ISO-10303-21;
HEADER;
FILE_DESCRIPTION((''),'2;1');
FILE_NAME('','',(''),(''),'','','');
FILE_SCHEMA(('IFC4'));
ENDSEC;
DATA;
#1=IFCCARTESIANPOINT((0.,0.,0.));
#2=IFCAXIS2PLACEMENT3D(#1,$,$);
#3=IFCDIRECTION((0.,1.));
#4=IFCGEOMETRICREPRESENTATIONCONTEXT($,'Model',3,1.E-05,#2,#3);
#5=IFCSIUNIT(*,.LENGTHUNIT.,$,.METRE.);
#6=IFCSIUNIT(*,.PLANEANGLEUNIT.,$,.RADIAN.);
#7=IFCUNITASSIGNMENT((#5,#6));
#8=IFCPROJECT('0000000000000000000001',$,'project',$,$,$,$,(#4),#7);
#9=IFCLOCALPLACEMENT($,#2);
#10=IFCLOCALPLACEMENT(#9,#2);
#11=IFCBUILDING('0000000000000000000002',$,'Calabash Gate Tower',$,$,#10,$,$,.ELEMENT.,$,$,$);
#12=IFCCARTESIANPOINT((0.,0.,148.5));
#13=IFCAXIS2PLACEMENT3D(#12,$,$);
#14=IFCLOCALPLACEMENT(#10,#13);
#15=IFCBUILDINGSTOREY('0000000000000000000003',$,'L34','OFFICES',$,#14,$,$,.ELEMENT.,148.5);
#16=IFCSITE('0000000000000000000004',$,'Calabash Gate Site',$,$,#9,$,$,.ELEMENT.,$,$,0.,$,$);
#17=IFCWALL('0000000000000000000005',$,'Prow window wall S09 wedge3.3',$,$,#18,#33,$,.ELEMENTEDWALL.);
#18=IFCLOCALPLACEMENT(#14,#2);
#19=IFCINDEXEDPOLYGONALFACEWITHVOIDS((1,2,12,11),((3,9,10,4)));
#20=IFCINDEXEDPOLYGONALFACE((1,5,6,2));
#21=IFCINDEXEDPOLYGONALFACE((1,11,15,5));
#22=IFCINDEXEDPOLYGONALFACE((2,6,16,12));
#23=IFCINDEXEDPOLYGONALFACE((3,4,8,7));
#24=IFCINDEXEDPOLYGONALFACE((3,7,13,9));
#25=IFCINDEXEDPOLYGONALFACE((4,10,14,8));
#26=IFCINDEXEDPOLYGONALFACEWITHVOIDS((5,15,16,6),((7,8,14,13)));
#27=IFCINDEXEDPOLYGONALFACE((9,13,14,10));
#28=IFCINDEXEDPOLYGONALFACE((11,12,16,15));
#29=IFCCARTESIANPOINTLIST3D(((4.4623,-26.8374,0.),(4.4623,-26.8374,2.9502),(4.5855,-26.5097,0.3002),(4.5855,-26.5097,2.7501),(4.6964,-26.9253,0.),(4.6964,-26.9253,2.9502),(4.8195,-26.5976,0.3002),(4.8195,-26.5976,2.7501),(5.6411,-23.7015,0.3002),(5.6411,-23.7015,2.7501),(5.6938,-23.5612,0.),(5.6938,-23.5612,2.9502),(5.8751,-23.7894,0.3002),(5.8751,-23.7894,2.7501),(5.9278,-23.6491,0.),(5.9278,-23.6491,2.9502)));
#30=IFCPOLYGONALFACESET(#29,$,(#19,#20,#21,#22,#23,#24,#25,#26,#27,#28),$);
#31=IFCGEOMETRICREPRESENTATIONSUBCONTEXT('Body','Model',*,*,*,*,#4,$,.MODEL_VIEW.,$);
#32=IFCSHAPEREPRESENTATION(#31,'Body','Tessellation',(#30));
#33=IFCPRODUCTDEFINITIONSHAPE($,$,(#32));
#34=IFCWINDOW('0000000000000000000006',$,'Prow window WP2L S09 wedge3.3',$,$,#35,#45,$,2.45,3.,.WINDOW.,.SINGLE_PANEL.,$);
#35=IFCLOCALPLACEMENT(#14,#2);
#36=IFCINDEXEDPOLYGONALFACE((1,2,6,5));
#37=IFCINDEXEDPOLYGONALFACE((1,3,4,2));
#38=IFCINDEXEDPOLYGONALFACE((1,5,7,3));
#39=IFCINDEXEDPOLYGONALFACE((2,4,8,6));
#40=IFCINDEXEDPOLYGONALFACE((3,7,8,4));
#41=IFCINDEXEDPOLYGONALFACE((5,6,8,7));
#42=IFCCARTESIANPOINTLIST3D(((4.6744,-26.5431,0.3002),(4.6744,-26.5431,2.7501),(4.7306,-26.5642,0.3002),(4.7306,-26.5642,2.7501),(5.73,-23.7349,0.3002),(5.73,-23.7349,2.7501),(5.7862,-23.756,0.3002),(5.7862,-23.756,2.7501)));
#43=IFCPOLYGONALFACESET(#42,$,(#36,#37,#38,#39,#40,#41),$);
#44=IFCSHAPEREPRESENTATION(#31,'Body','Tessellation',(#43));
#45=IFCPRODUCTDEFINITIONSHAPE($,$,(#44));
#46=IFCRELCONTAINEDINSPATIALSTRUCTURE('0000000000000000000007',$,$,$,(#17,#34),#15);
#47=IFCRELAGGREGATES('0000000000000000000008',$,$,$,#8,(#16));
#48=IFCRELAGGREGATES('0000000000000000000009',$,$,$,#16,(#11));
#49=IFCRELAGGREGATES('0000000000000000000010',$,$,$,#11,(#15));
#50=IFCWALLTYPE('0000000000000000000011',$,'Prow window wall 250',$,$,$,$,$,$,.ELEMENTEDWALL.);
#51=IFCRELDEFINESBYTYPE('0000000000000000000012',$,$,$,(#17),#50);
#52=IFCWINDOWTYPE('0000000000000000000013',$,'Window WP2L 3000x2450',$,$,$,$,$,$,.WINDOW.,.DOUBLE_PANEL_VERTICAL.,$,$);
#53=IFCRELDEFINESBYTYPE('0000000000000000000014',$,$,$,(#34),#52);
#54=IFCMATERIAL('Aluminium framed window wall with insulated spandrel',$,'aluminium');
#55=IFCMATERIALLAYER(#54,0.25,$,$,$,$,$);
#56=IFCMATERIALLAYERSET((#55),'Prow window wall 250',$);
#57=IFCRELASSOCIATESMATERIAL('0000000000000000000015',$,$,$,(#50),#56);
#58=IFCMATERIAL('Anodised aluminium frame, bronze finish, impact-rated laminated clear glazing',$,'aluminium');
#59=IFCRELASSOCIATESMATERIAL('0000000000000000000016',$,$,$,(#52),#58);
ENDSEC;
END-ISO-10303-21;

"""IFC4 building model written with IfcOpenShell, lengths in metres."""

from ifc_helpers import new_model, si_unit, direction, frame, frame_2d, origin, place, context, subcontext, project, spatial, rectangle, extrude, material, layer, layer_set, type_object, element, fill, save


model = new_model("IFC4")

# Units and contexts
model_context = context("Model", 3, precision=1e-05, world=origin(), true_north=direction((0.0, 1.0)))
body_context = subcontext(model_context, "Body", "Model", "MODEL_VIEW")
ifc_project = project(units=[si_unit("LENGTHUNIT", "METRE"), si_unit("PLANEANGLEUNIT", "RADIAN")], contexts=[model_context])

# Site, building, storey
site_placement = place(None, origin())
site = spatial("IfcSite", under=ifc_project, at=site_placement, Name="Calabash Gate Site", CompositionType="ELEMENT", RefElevation=0.0)
building_placement = place(site_placement, origin())
building = spatial("IfcBuilding", under=site, at=building_placement, Name="Calabash Gate Tower", CompositionType="ELEMENT")
storey_placement = place(building_placement, frame((0.0, 0.0, 148.5)))
storey = spatial("IfcBuildingStorey", under=building, at=storey_placement, Name="L34", Description="OFFICES", CompositionType="ELEMENT", Elevation=148.5)

# Wall, opening, window
ifc_material_1 = material(Name="Aluminium framed window wall with insulated spandrel", Category="aluminium")
ifc_layer_1 = layer(ifc_material_1, 0.25)
ifc_layer_set_1 = layer_set([ifc_layer_1], Name="Prow window wall 250")
wall_type_1 = type_object("IfcWallType", Name="Prow window wall 250", PredefinedType="ELEMENTEDWALL", material=ifc_layer_set_1)
wall_1_placement = place(storey_placement, frame((4.5793, -26.8813, 0.0), z_axis=(0.0, 0.0, 1.0), x_axis=(0.35185, 0.936057, 0.0)))
wall_1 = element("IfcWall", 1, at=wall_1_placement, inside=storey, type_object=wall_type_1, Name="Prow window wall S09 wedge3.3", PredefinedType="ELEMENTEDWALL", context=body_context, shape_type="SweptSolid", body=[
    extrude(rectangle(XDim=3.5, YDim=0.25, at=frame_2d((1.75, 0.0))), origin(), (0.0, 0.0, 1.0), 2.9502),
])
opening_1_placement = place(wall_1_placement, frame((0.3501, 0.0, 0.3)))
opening_1 = element("IfcOpeningElement", 2, at=opening_1_placement, cuts=wall_1, PredefinedType="OPENING", context=body_context, shape_type="SweptSolid", body=[
    extrude(rectangle(XDim=3.0, YDim=2.45, at=frame_2d((1.5, 1.2251))), frame((0.0, 0.135, 0.0), z_axis=(0.0, -1.0, 0.0), x_axis=(1.0, 0.0, 0.0)), (0.0, 0.0, 1.0), 0.27),
])
ifc_material_2 = material(Name="Anodised aluminium frame, bronze finish, impact-rated laminated clear glazing", Category="aluminium")
window_type_1 = type_object("IfcWindowType", Name="Window WP2L 3000x2450", PartitioningType="DOUBLE_PANEL_VERTICAL", PredefinedType="WINDOW", material=ifc_material_2)
window_1_placement = place(opening_1_placement, origin())
window_1 = element("IfcWindow", 3, at=window_1_placement, inside=storey, type_object=window_type_1, Name="Prow window WP2L S09 wedge3.3", OverallHeight=2.45, OverallWidth=3.0, PartitioningType="SINGLE_PANEL", PredefinedType="WINDOW", context=body_context, shape_type="SweptSolid", body=[
    extrude(rectangle(XDim=3.0, YDim=2.45, at=frame_2d((1.5, 1.2251))), frame((0.0, 0.03, 0.0), z_axis=(0.0, -1.0, 0.0), x_axis=(1.0, 0.0, 0.0)), (0.0, 0.0, 1.0), 0.0601),
])
fill(opening_1, window_1)

save(model, "model.ifc")
